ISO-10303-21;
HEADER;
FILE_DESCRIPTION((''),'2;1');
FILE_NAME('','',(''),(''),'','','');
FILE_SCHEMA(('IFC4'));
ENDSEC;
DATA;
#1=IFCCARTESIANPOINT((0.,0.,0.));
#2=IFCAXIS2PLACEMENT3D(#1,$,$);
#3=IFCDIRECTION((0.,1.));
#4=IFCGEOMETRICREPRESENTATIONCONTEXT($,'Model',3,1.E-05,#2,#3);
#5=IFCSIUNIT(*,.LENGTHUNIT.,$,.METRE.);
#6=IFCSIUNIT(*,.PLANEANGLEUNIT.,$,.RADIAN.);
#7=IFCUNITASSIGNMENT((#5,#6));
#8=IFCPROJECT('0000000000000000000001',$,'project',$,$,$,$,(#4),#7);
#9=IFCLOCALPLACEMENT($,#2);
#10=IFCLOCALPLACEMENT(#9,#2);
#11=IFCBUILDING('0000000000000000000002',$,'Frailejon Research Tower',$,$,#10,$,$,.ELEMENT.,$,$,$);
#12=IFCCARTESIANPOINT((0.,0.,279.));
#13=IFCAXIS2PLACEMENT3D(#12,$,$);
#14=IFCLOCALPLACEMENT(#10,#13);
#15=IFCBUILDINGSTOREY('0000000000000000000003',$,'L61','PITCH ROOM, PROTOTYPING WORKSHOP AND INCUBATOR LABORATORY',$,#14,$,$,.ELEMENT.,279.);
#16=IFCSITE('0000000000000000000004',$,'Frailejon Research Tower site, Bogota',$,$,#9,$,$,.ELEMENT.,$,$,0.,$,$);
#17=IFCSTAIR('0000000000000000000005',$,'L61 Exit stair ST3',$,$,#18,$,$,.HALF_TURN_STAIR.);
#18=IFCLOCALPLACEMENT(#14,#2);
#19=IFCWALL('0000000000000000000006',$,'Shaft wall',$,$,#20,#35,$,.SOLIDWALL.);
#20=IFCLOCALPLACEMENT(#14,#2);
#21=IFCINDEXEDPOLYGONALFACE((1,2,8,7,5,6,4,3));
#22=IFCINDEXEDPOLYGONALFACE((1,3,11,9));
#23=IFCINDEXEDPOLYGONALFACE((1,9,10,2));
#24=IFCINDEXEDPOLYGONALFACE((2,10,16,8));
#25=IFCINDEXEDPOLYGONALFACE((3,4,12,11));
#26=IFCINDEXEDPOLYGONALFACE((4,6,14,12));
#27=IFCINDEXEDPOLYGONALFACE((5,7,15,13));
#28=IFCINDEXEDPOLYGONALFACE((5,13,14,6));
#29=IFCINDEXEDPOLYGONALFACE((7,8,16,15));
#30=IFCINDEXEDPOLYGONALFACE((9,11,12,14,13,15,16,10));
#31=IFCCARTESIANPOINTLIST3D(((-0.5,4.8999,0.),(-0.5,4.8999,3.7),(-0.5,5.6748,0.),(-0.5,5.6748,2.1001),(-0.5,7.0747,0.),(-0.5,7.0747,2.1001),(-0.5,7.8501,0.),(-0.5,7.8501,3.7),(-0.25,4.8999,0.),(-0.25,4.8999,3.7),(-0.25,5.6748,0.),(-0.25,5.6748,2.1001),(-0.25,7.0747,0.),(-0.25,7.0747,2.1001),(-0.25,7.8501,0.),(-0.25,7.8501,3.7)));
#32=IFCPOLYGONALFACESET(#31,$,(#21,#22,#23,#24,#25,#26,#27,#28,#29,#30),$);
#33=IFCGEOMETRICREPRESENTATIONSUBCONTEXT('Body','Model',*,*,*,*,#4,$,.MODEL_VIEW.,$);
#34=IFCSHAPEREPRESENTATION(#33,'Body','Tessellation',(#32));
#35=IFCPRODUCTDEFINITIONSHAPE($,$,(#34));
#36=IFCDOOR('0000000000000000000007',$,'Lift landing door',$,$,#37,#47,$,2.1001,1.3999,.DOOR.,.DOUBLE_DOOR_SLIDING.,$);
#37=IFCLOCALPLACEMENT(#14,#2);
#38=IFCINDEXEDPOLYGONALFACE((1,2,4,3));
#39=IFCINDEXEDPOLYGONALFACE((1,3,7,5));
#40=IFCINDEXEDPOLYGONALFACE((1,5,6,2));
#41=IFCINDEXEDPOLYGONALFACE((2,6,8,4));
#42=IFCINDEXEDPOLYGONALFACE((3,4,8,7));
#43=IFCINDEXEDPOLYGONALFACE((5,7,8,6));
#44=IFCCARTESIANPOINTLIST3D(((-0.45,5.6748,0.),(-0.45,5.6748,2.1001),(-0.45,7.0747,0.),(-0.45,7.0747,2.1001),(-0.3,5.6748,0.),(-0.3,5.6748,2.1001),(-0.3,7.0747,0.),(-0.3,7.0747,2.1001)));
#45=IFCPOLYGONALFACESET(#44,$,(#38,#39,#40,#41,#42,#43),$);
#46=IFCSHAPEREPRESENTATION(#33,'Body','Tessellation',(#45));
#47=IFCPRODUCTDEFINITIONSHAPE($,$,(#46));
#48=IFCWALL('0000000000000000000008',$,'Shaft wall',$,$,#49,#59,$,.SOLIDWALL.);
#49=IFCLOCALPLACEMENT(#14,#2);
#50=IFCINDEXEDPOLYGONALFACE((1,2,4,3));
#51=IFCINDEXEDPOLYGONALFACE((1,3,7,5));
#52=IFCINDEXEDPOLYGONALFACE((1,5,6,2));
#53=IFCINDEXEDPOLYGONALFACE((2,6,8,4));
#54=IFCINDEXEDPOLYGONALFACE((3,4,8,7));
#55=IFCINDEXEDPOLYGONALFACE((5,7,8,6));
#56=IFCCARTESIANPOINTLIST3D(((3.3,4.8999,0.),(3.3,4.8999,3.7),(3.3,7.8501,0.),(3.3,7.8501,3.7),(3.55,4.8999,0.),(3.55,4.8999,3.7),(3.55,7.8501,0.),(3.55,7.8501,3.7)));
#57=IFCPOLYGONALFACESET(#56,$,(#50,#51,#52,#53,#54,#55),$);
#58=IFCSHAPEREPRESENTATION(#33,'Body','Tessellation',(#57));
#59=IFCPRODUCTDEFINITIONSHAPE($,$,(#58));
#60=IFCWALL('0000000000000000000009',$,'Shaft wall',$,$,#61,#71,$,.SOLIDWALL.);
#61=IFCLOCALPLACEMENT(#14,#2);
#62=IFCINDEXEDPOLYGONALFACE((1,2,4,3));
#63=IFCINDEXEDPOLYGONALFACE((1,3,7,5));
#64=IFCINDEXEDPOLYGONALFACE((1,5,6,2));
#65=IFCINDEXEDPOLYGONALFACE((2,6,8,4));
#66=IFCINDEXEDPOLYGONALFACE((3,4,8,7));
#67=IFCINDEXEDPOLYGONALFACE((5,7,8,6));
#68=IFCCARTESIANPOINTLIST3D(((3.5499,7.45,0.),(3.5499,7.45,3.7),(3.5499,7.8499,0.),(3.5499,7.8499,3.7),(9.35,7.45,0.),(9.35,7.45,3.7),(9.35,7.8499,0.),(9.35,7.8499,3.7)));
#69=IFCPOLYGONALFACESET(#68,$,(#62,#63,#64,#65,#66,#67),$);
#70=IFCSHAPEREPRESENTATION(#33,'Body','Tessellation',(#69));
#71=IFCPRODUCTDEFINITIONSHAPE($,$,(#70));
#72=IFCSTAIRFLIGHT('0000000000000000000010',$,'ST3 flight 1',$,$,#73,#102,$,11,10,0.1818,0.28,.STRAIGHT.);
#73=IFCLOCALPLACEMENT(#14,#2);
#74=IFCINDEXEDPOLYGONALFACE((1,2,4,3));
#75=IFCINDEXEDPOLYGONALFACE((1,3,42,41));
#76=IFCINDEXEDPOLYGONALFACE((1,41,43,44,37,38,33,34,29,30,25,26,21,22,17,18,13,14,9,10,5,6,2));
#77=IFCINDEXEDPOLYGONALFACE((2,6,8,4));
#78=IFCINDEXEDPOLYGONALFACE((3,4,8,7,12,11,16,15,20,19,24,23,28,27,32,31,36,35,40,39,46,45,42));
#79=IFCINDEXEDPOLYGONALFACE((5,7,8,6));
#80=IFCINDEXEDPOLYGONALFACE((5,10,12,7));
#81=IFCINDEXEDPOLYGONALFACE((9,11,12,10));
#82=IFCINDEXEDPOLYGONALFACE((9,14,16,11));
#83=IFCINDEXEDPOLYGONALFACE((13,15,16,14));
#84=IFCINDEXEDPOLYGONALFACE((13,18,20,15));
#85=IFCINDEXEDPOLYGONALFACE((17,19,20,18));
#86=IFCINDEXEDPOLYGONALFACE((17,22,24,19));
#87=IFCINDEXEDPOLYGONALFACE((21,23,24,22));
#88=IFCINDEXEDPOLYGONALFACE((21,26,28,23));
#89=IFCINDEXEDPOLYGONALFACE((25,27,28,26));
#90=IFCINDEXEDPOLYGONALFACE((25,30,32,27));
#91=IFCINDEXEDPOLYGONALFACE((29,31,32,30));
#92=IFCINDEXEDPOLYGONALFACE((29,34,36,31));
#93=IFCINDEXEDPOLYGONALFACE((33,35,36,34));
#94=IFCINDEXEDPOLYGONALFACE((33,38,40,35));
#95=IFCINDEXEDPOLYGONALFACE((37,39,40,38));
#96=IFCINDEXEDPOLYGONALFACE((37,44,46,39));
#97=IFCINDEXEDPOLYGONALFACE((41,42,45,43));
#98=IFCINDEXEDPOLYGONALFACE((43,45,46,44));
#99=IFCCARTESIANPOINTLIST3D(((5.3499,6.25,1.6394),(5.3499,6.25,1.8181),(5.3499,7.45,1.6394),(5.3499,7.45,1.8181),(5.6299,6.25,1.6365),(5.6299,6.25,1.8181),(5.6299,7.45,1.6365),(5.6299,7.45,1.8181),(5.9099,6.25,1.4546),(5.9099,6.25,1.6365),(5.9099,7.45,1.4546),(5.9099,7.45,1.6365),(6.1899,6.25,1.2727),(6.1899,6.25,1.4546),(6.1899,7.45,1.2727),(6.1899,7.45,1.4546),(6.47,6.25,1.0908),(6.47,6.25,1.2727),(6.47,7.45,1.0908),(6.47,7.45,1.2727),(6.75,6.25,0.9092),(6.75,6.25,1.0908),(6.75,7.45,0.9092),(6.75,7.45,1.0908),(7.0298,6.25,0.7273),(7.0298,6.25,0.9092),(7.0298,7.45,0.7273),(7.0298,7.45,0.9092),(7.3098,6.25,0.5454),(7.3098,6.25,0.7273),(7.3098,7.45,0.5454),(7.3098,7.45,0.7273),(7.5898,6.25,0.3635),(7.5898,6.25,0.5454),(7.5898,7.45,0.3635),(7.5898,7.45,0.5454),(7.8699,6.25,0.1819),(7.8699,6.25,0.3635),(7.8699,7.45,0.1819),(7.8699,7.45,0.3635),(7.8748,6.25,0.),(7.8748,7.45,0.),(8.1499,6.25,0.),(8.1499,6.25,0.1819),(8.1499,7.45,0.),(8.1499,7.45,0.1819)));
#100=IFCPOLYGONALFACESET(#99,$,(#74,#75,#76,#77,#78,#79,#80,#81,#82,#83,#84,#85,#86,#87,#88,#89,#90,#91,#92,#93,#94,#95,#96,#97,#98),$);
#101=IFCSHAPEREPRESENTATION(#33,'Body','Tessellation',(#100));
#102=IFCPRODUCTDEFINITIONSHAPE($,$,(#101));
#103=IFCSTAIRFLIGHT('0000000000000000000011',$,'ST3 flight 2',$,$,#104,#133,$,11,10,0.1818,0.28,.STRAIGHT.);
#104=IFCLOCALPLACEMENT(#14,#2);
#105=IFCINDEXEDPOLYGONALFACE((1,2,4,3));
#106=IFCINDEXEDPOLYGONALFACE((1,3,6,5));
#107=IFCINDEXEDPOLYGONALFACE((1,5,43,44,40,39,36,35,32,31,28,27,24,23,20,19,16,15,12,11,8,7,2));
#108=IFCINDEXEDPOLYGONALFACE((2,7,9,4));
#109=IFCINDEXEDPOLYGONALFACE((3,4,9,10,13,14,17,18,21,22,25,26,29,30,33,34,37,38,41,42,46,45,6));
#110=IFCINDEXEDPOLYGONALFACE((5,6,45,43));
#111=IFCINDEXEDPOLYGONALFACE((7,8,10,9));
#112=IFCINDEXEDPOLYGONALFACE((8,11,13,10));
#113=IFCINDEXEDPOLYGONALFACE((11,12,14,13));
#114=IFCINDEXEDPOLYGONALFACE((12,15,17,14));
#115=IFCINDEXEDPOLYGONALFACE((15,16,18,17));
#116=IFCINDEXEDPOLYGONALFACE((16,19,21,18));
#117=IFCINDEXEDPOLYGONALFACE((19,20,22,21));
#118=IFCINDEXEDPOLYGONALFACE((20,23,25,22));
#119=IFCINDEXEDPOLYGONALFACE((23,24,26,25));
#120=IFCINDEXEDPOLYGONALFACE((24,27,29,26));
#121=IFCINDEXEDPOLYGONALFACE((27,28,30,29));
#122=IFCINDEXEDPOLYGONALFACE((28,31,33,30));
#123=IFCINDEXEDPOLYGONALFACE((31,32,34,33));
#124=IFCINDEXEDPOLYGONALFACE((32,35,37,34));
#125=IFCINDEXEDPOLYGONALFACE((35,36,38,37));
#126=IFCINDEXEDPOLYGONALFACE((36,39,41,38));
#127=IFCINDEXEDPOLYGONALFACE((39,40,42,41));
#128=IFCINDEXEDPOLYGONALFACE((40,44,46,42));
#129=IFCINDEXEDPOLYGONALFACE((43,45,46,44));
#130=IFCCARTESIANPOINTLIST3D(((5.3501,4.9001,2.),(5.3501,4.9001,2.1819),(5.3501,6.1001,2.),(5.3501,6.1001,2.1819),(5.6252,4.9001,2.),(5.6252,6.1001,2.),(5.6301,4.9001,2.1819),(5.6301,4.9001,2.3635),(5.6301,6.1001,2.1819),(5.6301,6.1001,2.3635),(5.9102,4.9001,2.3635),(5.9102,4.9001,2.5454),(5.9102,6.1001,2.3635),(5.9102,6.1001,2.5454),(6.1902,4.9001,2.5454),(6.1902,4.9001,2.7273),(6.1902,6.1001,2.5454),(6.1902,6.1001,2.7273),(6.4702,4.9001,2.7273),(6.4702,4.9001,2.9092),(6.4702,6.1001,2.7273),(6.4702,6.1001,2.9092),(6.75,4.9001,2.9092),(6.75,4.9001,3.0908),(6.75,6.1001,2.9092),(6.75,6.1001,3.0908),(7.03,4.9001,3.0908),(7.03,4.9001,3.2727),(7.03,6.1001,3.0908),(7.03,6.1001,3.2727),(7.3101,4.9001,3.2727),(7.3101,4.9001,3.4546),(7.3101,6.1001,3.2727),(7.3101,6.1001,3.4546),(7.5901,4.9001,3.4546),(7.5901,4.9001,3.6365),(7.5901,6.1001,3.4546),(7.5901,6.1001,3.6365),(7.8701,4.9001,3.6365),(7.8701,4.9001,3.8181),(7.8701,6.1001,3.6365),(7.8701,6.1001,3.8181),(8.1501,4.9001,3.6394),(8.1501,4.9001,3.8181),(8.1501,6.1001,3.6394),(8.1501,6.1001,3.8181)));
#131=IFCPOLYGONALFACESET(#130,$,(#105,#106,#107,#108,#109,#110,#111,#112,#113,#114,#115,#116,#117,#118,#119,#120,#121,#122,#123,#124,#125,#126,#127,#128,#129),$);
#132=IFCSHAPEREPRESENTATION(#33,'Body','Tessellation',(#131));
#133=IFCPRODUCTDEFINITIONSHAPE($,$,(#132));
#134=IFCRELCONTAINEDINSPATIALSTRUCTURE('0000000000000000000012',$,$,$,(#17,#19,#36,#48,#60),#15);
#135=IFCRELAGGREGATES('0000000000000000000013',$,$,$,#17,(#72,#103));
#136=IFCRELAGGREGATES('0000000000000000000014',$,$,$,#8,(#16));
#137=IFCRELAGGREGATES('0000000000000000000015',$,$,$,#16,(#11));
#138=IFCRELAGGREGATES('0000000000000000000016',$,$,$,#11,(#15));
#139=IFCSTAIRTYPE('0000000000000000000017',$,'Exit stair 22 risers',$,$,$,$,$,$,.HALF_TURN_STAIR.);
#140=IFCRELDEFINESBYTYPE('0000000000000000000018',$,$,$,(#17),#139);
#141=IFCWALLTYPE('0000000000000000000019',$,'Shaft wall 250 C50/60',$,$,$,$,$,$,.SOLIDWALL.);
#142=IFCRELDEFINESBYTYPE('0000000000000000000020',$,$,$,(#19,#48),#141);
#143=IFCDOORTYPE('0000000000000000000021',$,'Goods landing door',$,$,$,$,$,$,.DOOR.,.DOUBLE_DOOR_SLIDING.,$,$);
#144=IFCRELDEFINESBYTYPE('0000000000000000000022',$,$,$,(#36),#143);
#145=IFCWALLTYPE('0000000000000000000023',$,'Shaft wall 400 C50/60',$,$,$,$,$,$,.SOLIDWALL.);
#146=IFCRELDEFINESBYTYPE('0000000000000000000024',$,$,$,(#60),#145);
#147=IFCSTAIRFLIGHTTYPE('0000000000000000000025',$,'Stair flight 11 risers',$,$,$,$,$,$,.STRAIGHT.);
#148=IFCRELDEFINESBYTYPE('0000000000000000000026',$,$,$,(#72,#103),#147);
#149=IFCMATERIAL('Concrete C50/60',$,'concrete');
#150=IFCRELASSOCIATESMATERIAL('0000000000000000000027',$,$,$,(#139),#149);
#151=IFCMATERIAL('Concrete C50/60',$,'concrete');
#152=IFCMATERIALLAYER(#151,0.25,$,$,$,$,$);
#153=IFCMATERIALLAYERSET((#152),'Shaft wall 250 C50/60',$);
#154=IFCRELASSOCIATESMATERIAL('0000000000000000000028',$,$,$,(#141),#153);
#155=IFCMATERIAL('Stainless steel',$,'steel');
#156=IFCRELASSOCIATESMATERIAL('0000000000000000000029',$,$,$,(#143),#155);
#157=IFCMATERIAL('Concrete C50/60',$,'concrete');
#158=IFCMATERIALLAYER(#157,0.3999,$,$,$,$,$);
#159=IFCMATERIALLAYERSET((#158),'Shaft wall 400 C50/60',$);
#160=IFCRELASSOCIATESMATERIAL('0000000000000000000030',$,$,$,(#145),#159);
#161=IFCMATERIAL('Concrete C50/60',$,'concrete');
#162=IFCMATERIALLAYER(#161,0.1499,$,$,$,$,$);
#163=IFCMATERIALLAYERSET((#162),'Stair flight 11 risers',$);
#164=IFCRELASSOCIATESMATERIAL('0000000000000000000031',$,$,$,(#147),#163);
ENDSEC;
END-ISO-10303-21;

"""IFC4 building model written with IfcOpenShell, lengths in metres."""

from ifc_helpers import new_model, si_unit, direction, frame, frame_2d, origin, place, context, subcontext, project, spatial, polyline, rectangle, outline, extrude, material, layer, layer_set, type_object, element, fill, aggregate, save


model = new_model("IFC4")

# Units and contexts
model_context = context("Model", 3, precision=1e-05, world=origin(), true_north=direction((0.0, 1.0)))
body_context = subcontext(model_context, "Body", "Model", "MODEL_VIEW")
ifc_project = project(units=[si_unit("LENGTHUNIT", "METRE"), si_unit("PLANEANGLEUNIT", "RADIAN")], contexts=[model_context])

# Site, building, storey
site_placement = place(None, origin())
site = spatial("IfcSite", under=ifc_project, at=site_placement, Name="Frailejon Research Tower site, Bogota", CompositionType="ELEMENT", RefElevation=0.0)
building_placement = place(site_placement, origin())
building = spatial("IfcBuilding", under=site, at=building_placement, Name="Frailejon Research Tower", CompositionType="ELEMENT")
storey_placement = place(building_placement, frame((0.0, 0.0, 279.0)))
storey = spatial("IfcBuildingStorey", under=building, at=storey_placement, Name="L61", Description="PITCH ROOM, PROTOTYPING WORKSHOP AND INCUBATOR LABORATORY", CompositionType="ELEMENT", Elevation=279.0)

# Stair
ifc_material_1 = material(Name="Concrete C50/60", Category="concrete")
stair_type = type_object("IfcStairType", Name="Exit stair 22 risers", PredefinedType="HALF_TURN_STAIR", material=ifc_material_1)
stair_placement = place(storey_placement, origin())
stair = element("IfcStair", 1, at=stair_placement, inside=storey, type_object=stair_type, Name="L61 Exit stair ST3", PredefinedType="HALF_TURN_STAIR")

# Wall, opening, door
ifc_material_2 = material(Name="Concrete C50/60", Category="concrete")
ifc_layer_1 = layer(ifc_material_2, 0.25)
ifc_layer_set_1 = layer_set([ifc_layer_1], Name="Shaft wall 250 C50/60")
wall_type_1 = type_object("IfcWallType", Name="Shaft wall 250 C50/60", PredefinedType="SOLIDWALL", material=ifc_layer_set_1)
wall_1_placement = place(storey_placement, frame((-0.375, 4.8999, 0.0), z_axis=(0.0, 0.0, 1.0), x_axis=(0.0, 1.0, 0.0)))
wall_1 = element("IfcWall", 2, at=wall_1_placement, inside=storey, type_object=wall_type_1, Name="Shaft wall", PredefinedType="SOLIDWALL", context=body_context, shape_type="SweptSolid", body=[
    extrude(rectangle(XDim=2.9502, YDim=0.25, at=frame_2d((1.4751, 0.0))), origin(), (0.0, 0.0, 1.0), 3.7),
])
opening_1_placement = place(wall_1_placement, frame((0.7749, 0.0, 0.0)))
opening_1 = element("IfcOpeningElement", 3, at=opening_1_placement, cuts=wall_1, PredefinedType="OPENING", context=body_context, shape_type="SweptSolid", body=[
    extrude(rectangle(XDim=1.3999, YDim=2.1001, at=frame_2d((0.7, 1.05))), frame((0.0, 0.135, 0.0), z_axis=(0.0, -1.0, 0.0), x_axis=(1.0, 0.0, 0.0)), (0.0, 0.0, 1.0), 0.27),
])
ifc_material_3 = material(Name="Stainless steel", Category="steel")
door_type_1 = type_object("IfcDoorType", Name="Goods landing door", OperationType="DOUBLE_DOOR_SLIDING", PredefinedType="DOOR", material=ifc_material_3)
door_1_placement = place(opening_1_placement, origin())
door_1 = element("IfcDoor", 4, at=door_1_placement, inside=storey, type_object=door_type_1, Name="Lift landing door", OperationType="DOUBLE_DOOR_SLIDING", OverallHeight=2.1001, OverallWidth=1.3999, PredefinedType="DOOR", context=body_context, shape_type="SweptSolid", body=[
    extrude(rectangle(XDim=1.3999, YDim=2.1001, at=frame_2d((0.7, 1.05))), frame((0.0, 0.075, 0.0), z_axis=(0.0, -1.0, 0.0), x_axis=(1.0, 0.0, 0.0)), (0.0, 0.0, 1.0), 0.1499),
])
fill(opening_1, door_1)

# Walls
wall_2_placement = place(storey_placement, frame((3.425, 4.8999, 0.0), z_axis=(0.0, 0.0, 1.0), x_axis=(0.0, 1.0, 0.0)))
element("IfcWall", 5, at=wall_2_placement, inside=storey, type_object=wall_type_1, Name="Shaft wall", PredefinedType="SOLIDWALL", context=body_context, shape_type="SweptSolid", body=[
    extrude(rectangle(XDim=2.9502, YDim=0.25, at=frame_2d((1.4751, 0.0))), origin(), (0.0, 0.0, 1.0), 3.7),
])
ifc_material_4 = material(Name="Concrete C50/60", Category="concrete")
ifc_layer_2 = layer(ifc_material_4, 0.3999)
ifc_layer_set_2 = layer_set([ifc_layer_2], Name="Shaft wall 400 C50/60")
wall_type_2 = type_object("IfcWallType", Name="Shaft wall 400 C50/60", PredefinedType="SOLIDWALL", material=ifc_layer_set_2)
wall_3_placement = place(storey_placement, frame((3.55, 7.6499, 0.0), z_axis=(0.0, 0.0, 1.0), x_axis=(1.0, 0.0, 0.0)))
element("IfcWall", 6, at=wall_3_placement, inside=storey, type_object=wall_type_2, Name="Shaft wall", PredefinedType="SOLIDWALL", context=body_context, shape_type="SweptSolid", body=[
    extrude(rectangle(XDim=5.8, YDim=0.3999, at=frame_2d((2.8999, 0.0))), origin(), (0.0, 0.0, 1.0), 3.7),
])

# Stair flights
ifc_material_5 = material(Name="Concrete C50/60", Category="concrete")
ifc_layer_3 = layer(ifc_material_5, 0.1499)
ifc_layer_set_3 = layer_set([ifc_layer_3], Name="Stair flight 11 risers")
stair_flight_type = type_object("IfcStairFlightType", Name="Stair flight 11 risers", PredefinedType="STRAIGHT", material=ifc_layer_set_3)
stair_flight_1_placement = place(storey_placement, frame((8.1499, 6.8501, 0.0), z_axis=(0.0, 0.0, 1.0), x_axis=(-1.0, 0.0, 0.0)))
stair_flight_1 = element("IfcStairFlight", 7, at=stair_flight_1_placement, type_object=stair_flight_type, Name="ST3 flight 1", NumberOfRisers=11, NumberOfTreads=10, PredefinedType="STRAIGHT", RiserHeight=0.1818, TreadLength=0.28, context=body_context, shape_type="SweptSolid", body=[
    extrude(outline(polyline([(0.0, 0.0), (0.0, 0.1819), (0.28, 0.1819), (0.28, 0.3635), (0.5601, 0.3635), (0.5601, 0.5454), (0.8401, 0.5454), (0.8401, 0.7273), (1.1201, 0.7273), (1.1201, 0.9092), (1.3999, 0.9092), (1.3999, 1.0908), (1.6799, 1.0908), (1.6799, 1.2727), (1.96, 1.2727), (1.96, 1.4546), (2.24, 1.4546), (2.24, 1.6365), (2.52, 1.6365), (2.52, 1.8181), (2.8, 1.8181), (2.8, 2.0), (2.8, 1.6394), (0.2751, 0.0), (0.0, 0.0)])), frame((0.0, 0.6001, 0.0), z_axis=(0.0, -1.0, 0.0), x_axis=(1.0, 0.0, 0.0)), (0.0, 0.0, 1.0), 1.2),
])
stair_flight_2_placement = place(storey_placement, frame((5.3501, 5.5, 2.0), z_axis=(0.0, 0.0, 1.0), x_axis=(1.0, 0.0, 0.0)))
stair_flight_2 = element("IfcStairFlight", 8, at=stair_flight_2_placement, type_object=stair_flight_type, Name="ST3 flight 2", NumberOfRisers=11, NumberOfTreads=10, PredefinedType="STRAIGHT", RiserHeight=0.1818, TreadLength=0.28, context=body_context, shape_type="SweptSolid", body=[
    extrude(outline(polyline([(0.0, 0.0), (0.0, 0.1819), (0.28, 0.1819), (0.28, 0.3635), (0.5601, 0.3635), (0.5601, 0.5454), (0.8401, 0.5454), (0.8401, 0.7273), (1.1201, 0.7273), (1.1201, 0.9092), (1.3999, 0.9092), (1.3999, 1.0908), (1.6799, 1.0908), (1.6799, 1.2727), (1.96, 1.2727), (1.96, 1.4546), (2.24, 1.4546), (2.24, 1.6365), (2.52, 1.6365), (2.52, 1.8181), (2.8, 1.8181), (2.8, 2.0), (2.8, 1.6394), (0.2751, 0.0), (0.0, 0.0)])), frame((0.0, 0.6001, 0.0), z_axis=(0.0, -1.0, 0.0), x_axis=(1.0, 0.0, 0.0)), (0.0, 0.0, 1.0), 1.2),
])
aggregate(stair, [stair_flight_1, stair_flight_2])

save(model, "model.ifc")
